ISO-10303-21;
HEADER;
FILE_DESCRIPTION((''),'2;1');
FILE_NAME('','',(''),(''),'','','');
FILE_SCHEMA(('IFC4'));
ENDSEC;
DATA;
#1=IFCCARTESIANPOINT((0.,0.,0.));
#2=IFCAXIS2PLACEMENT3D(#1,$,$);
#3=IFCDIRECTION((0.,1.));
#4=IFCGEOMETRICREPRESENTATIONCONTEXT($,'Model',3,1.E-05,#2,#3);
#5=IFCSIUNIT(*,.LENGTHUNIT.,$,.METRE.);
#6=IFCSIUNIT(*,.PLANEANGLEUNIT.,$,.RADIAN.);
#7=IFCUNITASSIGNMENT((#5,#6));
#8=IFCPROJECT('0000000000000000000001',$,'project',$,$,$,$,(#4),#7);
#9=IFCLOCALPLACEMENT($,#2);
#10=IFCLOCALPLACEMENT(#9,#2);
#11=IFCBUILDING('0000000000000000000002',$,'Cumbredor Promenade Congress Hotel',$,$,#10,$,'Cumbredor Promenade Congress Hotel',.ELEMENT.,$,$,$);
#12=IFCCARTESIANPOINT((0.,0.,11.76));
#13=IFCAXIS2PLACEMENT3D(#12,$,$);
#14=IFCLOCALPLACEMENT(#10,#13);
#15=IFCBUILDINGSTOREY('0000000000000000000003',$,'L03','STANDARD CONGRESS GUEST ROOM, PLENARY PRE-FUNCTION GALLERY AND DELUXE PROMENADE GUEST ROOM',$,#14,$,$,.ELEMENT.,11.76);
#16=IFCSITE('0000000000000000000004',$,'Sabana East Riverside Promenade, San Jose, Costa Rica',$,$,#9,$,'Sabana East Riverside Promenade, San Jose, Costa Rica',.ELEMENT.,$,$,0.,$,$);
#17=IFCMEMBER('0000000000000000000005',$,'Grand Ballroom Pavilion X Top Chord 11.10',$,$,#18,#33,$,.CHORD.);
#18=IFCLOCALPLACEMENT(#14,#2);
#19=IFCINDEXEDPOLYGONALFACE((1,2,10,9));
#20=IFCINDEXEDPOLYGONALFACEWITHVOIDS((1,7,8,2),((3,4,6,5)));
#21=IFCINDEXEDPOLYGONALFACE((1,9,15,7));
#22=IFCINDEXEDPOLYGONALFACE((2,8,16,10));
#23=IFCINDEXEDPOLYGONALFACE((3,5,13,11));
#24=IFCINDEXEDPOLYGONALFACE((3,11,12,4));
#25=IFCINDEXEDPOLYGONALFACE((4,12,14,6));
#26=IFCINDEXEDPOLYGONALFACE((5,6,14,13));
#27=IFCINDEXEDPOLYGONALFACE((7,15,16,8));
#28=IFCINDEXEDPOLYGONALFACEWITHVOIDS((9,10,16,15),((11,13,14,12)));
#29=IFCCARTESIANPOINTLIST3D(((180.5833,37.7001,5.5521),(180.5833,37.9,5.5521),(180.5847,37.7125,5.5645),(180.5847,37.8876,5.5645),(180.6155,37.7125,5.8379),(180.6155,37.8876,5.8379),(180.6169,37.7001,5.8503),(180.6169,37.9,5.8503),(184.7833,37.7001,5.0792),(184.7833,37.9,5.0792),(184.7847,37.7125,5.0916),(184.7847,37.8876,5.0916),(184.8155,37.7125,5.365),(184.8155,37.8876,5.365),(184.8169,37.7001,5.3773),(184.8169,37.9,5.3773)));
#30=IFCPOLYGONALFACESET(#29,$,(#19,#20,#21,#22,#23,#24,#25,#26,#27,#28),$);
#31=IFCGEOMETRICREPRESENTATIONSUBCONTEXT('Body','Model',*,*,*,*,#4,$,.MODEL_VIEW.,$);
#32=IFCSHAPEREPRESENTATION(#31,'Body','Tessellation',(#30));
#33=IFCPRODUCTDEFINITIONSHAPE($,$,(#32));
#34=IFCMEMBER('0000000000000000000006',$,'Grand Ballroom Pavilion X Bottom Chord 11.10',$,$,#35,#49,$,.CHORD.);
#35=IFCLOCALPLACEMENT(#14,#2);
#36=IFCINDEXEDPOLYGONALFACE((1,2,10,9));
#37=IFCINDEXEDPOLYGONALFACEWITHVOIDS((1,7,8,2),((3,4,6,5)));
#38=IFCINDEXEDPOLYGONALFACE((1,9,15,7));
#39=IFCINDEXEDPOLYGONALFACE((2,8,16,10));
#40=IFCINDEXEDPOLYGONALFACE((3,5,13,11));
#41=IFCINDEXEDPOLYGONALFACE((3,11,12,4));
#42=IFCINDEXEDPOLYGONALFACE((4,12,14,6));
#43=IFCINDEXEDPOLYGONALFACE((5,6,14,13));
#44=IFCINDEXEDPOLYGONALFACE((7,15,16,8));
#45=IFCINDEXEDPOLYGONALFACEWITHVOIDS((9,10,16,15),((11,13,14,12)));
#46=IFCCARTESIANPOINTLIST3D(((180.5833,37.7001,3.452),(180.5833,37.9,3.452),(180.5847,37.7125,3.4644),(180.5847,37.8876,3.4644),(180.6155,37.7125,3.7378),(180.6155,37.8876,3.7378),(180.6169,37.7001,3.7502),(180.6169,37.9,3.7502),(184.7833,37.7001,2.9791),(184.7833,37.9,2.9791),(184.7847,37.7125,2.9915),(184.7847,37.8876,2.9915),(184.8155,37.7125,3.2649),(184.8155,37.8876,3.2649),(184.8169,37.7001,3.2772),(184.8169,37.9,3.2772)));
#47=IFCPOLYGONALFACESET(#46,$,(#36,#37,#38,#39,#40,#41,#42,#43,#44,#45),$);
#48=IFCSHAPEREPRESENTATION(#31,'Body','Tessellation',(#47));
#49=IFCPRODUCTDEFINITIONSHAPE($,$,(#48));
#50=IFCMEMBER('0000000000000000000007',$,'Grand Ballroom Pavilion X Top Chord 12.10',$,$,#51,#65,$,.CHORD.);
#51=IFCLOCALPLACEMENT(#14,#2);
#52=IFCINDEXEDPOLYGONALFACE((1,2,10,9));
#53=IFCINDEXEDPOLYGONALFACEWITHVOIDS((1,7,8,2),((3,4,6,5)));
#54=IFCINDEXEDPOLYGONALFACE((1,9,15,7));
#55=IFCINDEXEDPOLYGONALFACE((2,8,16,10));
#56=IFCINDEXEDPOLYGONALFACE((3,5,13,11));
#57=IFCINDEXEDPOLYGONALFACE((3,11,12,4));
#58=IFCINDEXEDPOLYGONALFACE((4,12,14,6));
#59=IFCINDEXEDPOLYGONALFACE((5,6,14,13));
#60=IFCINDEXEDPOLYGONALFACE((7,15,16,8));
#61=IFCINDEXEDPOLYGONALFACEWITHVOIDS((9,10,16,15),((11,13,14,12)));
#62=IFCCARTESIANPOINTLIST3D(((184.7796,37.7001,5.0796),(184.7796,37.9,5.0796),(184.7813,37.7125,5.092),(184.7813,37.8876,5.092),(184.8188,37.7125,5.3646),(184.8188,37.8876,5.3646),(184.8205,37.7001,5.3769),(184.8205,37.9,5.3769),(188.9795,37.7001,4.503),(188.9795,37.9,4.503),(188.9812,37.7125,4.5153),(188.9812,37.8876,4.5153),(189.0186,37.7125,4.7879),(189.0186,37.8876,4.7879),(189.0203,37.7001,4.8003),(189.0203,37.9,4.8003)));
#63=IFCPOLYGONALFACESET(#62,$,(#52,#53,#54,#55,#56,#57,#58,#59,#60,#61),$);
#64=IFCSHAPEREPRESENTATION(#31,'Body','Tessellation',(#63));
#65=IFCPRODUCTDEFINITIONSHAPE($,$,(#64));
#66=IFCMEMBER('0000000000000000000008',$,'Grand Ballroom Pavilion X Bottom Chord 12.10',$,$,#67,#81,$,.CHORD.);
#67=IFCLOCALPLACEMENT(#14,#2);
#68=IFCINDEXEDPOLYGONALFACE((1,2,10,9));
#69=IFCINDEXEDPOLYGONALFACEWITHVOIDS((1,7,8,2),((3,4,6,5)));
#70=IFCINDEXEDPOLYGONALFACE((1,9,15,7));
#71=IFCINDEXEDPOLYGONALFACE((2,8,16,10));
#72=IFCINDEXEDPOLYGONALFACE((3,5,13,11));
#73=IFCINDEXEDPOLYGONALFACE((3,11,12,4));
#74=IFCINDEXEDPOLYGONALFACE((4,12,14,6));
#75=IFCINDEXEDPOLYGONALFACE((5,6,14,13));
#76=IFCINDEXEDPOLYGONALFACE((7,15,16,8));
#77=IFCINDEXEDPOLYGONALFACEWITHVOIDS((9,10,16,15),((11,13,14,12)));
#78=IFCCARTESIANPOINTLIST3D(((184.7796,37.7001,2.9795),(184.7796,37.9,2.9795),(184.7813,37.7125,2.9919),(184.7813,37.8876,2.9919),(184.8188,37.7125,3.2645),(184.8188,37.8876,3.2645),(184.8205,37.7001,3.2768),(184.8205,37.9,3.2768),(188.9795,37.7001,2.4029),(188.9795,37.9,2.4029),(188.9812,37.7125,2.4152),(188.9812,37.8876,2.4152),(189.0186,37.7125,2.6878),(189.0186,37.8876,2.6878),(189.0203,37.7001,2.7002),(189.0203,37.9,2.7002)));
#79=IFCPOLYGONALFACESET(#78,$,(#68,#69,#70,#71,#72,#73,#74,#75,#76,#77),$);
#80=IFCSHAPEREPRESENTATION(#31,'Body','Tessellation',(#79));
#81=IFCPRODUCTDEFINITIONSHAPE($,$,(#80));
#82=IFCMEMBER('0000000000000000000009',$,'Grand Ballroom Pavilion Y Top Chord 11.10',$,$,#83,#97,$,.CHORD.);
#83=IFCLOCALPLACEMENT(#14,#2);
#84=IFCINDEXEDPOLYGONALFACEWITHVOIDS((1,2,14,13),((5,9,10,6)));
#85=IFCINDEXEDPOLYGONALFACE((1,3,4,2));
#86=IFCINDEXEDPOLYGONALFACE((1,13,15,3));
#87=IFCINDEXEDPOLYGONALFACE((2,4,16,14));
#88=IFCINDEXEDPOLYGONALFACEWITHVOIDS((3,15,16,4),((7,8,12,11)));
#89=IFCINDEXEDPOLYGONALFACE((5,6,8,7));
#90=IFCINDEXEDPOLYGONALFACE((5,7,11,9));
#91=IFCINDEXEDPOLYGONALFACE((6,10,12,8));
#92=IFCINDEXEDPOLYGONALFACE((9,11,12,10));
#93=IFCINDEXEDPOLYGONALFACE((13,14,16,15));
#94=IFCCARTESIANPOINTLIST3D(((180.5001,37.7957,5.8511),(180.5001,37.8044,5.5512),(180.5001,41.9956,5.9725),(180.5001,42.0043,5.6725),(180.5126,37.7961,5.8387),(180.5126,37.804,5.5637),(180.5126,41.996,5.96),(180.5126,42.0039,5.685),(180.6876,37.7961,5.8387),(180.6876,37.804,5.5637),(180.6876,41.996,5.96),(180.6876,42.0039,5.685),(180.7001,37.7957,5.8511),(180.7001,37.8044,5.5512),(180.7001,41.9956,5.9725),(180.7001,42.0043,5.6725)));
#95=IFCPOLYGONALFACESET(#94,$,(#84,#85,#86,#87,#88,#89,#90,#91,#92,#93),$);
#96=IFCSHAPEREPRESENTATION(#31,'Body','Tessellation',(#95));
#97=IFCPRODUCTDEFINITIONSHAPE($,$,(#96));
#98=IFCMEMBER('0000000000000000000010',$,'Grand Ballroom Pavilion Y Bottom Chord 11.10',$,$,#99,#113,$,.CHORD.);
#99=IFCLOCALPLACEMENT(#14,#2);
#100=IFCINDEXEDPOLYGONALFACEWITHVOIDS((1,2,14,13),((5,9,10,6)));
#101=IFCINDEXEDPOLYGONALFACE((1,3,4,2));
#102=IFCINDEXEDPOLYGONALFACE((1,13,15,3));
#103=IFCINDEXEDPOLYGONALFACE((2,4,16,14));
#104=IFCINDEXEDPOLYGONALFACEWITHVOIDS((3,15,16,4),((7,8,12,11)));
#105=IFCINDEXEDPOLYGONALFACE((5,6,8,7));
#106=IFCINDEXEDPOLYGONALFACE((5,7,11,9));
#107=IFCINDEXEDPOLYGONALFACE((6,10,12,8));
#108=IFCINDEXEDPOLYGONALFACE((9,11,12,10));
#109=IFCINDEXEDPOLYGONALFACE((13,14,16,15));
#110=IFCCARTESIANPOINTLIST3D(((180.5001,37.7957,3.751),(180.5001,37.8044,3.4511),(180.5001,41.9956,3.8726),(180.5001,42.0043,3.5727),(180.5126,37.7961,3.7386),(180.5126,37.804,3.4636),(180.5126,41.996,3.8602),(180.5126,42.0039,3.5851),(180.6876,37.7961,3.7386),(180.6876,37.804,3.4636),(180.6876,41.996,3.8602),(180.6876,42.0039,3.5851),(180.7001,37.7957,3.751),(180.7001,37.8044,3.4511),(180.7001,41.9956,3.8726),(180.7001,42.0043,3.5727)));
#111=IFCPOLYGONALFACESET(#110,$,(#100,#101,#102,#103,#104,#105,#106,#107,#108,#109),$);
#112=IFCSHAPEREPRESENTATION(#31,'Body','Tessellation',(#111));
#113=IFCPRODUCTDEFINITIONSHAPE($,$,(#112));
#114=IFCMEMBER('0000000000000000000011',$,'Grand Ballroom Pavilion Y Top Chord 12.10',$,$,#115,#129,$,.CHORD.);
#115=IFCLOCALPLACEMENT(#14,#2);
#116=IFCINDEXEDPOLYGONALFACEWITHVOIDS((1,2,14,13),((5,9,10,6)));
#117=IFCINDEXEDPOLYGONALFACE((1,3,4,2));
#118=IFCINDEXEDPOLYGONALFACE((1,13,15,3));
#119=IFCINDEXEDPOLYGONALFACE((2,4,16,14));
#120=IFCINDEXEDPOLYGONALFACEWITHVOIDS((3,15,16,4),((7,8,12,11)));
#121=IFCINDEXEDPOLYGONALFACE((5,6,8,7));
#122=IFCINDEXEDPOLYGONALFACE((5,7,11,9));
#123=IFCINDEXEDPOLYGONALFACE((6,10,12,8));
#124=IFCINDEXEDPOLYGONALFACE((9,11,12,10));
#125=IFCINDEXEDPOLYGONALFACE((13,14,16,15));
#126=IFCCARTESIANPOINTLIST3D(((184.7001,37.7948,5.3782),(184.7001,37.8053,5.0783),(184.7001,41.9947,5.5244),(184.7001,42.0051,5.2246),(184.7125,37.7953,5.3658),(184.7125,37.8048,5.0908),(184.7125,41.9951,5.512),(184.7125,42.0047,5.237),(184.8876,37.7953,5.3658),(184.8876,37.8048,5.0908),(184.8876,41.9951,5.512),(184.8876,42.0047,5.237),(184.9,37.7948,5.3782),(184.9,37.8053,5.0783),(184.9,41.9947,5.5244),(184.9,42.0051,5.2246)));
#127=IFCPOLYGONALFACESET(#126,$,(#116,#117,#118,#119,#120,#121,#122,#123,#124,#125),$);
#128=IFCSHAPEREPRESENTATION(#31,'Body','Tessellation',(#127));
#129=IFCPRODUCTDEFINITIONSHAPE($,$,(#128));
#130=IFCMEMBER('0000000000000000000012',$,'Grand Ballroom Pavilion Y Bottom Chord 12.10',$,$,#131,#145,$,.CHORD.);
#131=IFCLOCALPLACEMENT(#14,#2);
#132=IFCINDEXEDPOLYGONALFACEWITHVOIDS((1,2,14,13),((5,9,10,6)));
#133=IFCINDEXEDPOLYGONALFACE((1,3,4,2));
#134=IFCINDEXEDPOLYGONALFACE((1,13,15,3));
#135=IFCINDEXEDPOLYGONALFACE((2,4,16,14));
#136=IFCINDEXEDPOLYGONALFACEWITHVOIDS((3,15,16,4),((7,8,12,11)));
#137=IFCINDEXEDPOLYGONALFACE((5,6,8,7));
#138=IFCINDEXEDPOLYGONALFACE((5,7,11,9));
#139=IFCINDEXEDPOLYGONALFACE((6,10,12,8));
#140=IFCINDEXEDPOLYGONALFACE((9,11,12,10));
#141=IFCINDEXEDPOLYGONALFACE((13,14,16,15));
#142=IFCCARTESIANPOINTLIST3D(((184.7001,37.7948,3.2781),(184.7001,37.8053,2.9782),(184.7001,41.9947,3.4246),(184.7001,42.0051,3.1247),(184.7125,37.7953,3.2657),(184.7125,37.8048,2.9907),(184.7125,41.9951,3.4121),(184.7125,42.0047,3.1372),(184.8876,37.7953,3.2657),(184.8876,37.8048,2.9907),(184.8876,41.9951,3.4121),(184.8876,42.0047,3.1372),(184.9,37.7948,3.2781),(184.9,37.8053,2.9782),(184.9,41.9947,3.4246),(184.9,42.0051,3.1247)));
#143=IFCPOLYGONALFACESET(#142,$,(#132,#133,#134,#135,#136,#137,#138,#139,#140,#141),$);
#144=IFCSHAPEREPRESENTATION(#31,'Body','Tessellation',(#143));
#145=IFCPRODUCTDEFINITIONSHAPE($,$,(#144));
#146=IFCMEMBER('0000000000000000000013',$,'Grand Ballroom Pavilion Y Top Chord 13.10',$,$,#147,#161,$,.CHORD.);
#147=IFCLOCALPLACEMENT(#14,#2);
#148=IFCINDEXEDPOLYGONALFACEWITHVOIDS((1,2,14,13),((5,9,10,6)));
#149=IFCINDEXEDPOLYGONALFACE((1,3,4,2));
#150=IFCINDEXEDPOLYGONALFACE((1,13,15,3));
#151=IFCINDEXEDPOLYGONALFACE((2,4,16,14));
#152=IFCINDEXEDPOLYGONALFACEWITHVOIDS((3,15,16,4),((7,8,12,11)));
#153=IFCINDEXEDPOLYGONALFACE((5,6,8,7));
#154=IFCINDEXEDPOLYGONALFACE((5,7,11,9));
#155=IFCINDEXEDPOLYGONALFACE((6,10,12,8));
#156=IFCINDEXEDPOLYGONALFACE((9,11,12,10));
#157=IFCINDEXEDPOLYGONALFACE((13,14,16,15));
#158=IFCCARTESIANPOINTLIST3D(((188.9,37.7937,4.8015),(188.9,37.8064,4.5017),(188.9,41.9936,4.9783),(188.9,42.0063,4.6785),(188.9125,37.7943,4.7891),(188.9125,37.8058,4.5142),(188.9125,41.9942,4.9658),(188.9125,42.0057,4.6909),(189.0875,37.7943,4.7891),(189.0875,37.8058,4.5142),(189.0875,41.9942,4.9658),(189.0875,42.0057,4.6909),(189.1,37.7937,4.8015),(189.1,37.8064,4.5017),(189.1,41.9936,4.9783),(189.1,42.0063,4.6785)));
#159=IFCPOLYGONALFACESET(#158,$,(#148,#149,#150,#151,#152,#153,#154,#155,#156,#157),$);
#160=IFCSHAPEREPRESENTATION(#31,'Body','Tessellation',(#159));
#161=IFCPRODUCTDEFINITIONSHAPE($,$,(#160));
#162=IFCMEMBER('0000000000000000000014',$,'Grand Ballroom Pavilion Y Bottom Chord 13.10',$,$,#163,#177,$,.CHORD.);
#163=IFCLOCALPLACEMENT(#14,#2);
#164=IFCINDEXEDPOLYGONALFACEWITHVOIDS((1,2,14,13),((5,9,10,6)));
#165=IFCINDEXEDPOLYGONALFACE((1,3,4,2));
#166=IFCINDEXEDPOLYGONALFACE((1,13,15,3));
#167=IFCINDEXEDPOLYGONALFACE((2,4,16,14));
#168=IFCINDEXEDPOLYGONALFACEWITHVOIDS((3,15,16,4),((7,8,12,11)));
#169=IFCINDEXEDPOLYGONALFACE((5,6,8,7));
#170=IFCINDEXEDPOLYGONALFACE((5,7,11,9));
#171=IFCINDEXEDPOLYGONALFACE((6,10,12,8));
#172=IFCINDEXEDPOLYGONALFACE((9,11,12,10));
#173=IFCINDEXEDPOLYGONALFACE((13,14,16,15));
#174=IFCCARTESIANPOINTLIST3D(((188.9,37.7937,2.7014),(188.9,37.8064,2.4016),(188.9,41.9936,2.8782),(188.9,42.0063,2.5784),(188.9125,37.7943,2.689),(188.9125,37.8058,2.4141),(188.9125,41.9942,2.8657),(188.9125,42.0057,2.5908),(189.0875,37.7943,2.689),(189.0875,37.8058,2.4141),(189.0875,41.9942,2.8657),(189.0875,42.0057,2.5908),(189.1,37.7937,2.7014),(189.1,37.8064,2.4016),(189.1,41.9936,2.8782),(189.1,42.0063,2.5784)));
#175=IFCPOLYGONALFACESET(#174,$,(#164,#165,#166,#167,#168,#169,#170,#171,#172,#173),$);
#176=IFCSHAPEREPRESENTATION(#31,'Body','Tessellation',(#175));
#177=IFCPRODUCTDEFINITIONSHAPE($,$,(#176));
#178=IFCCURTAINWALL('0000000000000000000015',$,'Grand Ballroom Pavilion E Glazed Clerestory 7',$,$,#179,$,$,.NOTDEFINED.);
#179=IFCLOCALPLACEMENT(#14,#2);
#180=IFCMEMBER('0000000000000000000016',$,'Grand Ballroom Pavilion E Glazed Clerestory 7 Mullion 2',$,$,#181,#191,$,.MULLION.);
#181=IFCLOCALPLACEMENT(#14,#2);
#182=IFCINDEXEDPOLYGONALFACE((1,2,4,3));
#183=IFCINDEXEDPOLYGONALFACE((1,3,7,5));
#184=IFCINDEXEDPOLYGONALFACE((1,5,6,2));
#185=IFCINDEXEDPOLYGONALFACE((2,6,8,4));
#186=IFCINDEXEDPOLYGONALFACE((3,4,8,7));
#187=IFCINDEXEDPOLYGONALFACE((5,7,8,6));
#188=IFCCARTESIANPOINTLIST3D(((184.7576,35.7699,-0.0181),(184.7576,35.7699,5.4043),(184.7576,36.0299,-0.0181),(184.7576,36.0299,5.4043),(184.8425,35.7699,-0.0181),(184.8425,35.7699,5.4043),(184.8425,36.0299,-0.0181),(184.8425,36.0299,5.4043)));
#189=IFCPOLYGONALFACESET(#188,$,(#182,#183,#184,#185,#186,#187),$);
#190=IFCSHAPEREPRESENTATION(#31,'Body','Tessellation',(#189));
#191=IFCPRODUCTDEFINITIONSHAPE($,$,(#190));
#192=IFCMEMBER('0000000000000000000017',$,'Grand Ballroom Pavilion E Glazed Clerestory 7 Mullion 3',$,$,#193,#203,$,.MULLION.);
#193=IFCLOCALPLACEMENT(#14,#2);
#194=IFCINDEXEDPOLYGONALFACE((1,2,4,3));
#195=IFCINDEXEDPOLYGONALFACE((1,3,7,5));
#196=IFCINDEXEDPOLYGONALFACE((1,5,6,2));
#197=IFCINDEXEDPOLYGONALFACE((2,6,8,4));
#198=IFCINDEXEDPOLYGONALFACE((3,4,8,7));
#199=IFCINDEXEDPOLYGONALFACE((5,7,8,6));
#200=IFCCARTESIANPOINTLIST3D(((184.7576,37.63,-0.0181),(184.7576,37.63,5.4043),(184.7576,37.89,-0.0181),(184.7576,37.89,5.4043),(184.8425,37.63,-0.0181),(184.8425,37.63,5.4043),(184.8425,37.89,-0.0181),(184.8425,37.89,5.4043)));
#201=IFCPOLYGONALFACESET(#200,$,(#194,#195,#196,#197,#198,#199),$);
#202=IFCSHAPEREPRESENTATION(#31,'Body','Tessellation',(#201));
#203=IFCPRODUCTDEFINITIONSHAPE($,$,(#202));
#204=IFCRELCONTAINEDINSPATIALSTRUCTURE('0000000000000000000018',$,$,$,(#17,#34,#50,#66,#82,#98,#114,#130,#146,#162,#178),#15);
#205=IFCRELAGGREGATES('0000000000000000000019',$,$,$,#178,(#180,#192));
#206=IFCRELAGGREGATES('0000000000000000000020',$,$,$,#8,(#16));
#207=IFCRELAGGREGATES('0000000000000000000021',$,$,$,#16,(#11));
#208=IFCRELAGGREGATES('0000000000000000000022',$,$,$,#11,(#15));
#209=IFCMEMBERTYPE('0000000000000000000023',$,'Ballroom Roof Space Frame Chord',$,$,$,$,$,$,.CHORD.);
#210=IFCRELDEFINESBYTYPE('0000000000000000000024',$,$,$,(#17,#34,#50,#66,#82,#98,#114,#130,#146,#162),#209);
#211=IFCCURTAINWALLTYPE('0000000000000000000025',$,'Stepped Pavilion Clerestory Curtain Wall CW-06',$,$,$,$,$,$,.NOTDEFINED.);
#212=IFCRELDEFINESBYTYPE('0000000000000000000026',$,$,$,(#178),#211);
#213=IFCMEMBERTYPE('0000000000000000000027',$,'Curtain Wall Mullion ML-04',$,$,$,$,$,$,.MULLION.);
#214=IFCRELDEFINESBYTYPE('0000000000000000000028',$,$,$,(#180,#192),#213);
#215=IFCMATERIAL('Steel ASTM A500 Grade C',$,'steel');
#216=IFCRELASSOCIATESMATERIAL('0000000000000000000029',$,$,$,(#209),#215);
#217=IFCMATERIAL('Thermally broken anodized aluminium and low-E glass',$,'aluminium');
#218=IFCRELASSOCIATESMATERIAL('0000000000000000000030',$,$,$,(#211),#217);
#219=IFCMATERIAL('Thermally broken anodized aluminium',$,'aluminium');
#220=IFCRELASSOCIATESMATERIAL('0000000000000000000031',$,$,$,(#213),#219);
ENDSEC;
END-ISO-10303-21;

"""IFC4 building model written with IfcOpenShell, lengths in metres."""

from ifc_helpers import new_model, si_unit, direction, frame, origin, origin_2d, place, context, subcontext, project, spatial, rectangle, hollow_rectangle, extrude, material, material_profile, profile_set, type_object, element, aggregate, save


model = new_model("IFC4")

# Units and contexts
model_context = context("Model", 3, precision=1e-05, world=origin(), true_north=direction((0.0, 1.0)))
body_context = subcontext(model_context, "Body", "Model", "MODEL_VIEW")
ifc_project = project(units=[si_unit("LENGTHUNIT", "METRE"), si_unit("PLANEANGLEUNIT", "RADIAN")], contexts=[model_context])

# Site, building, storey
site_placement = place(None, origin())
site = spatial("IfcSite", under=ifc_project, at=site_placement, Name="Sabana East Riverside Promenade, San Jose, Costa Rica", LongName="Sabana East Riverside Promenade, San Jose, Costa Rica", CompositionType="ELEMENT", RefElevation=0.0)
building_placement = place(site_placement, origin())
building = spatial("IfcBuilding", under=site, at=building_placement, Name="Cumbredor Promenade Congress Hotel", LongName="Cumbredor Promenade Congress Hotel", CompositionType="ELEMENT")
storey_placement = place(building_placement, frame((0.0, 0.0, 11.76)))
storey = spatial("IfcBuildingStorey", under=building, at=storey_placement, Name="L03", Description="STANDARD CONGRESS GUEST ROOM, PLENARY PRE-FUNCTION GALLERY AND DELUXE PROMENADE GUEST ROOM", CompositionType="ELEMENT", Elevation=11.76)

# Members
ifc_material_1 = material(Name="Steel ASTM A500 Grade C", Category="steel")
ifc_material_profile_1 = material_profile(ifc_material_1, hollow_rectangle(XDim=0.2, YDim=0.3, WallThickness=0.0125, at=origin_2d()), Name="HSS 300x200x12.5")
ifc_profile_set_1 = profile_set([ifc_material_profile_1], Name="Steel ASTM A500 Grade C")
member_type_1 = type_object("IfcMemberType", Name="Ballroom Roof Space Frame Chord", PredefinedType="CHORD", material=ifc_profile_set_1)
for number, where, z_axis, x_axis, name in (
    (1, (180.6001, 37.8, 5.7012), (0.993721, 0.0, -0.11189), (0.0, 1.0, 0.0), "Grand Ballroom Pavilion X Top Chord 11.10"),
    (2, (180.6001, 37.8, 3.6011), (0.993721, 0.0, -0.11189), (0.0, 1.0, 0.0), "Grand Ballroom Pavilion X Bottom Chord 11.10"),
):
    element("IfcMember", number, at=place(storey_placement, frame(where, z_axis=z_axis, x_axis=x_axis)), inside=storey, type_object=member_type_1, Name=name, PredefinedType="CHORD", context=body_context, shape_type="SweptSolid", body=[
        extrude(hollow_rectangle(XDim=0.2, YDim=0.3, WallThickness=0.0125, at=origin_2d()), origin(), (0.0, 0.0, 1.0), 4.2266),
    ])
for number, where, z_axis, x_axis, name in (
    (3, (184.8, 37.8, 5.2283), (0.990705, 0.0, -0.136025), (0.0, 1.0, 0.0), "Grand Ballroom Pavilion X Top Chord 12.10"),
    (4, (184.8, 37.8, 3.1282), (0.990705, 0.0, -0.136025), (0.0, 1.0, 0.0), "Grand Ballroom Pavilion X Bottom Chord 12.10"),
):
    element("IfcMember", number, at=place(storey_placement, frame(where, z_axis=z_axis, x_axis=x_axis)), inside=storey, type_object=member_type_1, Name=name, PredefinedType="CHORD", context=body_context, shape_type="SweptSolid", body=[
        extrude(hollow_rectangle(XDim=0.2, YDim=0.3, WallThickness=0.0125, at=origin_2d()), origin(), (0.0, 0.0, 1.0), 4.2393),
    ])
for number, where, z_axis, x_axis, name in (
    (5, (180.6001, 37.8, 5.7012), (0.0, 0.999583, 0.028878), (-1.0, 0.0, 0.0), "Grand Ballroom Pavilion Y Top Chord 11.10"),
    (6, (180.6001, 37.8, 3.6011), (0.0, 0.999581, 0.028936), (-1.0, 0.0, 0.0), "Grand Ballroom Pavilion Y Bottom Chord 11.10"),
):
    element("IfcMember", number, at=place(storey_placement, frame(where, z_axis=z_axis, x_axis=x_axis)), inside=storey, type_object=member_type_1, Name=name, PredefinedType="CHORD", context=body_context, shape_type="SweptSolid", body=[
        extrude(hollow_rectangle(XDim=0.2, YDim=0.3, WallThickness=0.0125, at=origin_2d()), origin(), (0.0, 0.0, 1.0), 4.2017),
    ])
for number, where, z_axis, x_axis, name in (
    (7, (184.8, 37.8, 5.2283), (0.0, 0.999394, 0.034798), (-1.0, 0.0, 0.0), "Grand Ballroom Pavilion Y Top Chord 12.10"),
    (8, (184.8, 37.8, 3.1282), (0.0, 0.999392, 0.034856), (-1.0, 0.0, 0.0), "Grand Ballroom Pavilion Y Bottom Chord 12.10"),
):
    element("IfcMember", number, at=place(storey_placement, frame(where, z_axis=z_axis, x_axis=x_axis)), inside=storey, type_object=member_type_1, Name=name, PredefinedType="CHORD", context=body_context, shape_type="SweptSolid", body=[
        extrude(hollow_rectangle(XDim=0.2, YDim=0.3, WallThickness=0.0125, at=origin_2d()), origin(), (0.0, 0.0, 1.0), 4.2024),
    ])
for number, where, z_axis, x_axis, name in (
    (9, (189.0, 37.8, 4.6516), (0.0, 0.999116, 0.042048), (-1.0, 0.0, 0.0), "Grand Ballroom Pavilion Y Top Chord 13.10"),
    (10, (189.0, 37.8, 2.5515), (0.0, 0.999116, 0.042048), (-1.0, 0.0, 0.0), "Grand Ballroom Pavilion Y Bottom Chord 13.10"),
):
    element("IfcMember", number, at=place(storey_placement, frame(where, z_axis=z_axis, x_axis=x_axis)), inside=storey, type_object=member_type_1, Name=name, PredefinedType="CHORD", context=body_context, shape_type="SweptSolid", body=[
        extrude(hollow_rectangle(XDim=0.2, YDim=0.3, WallThickness=0.0125, at=origin_2d()), origin(), (0.0, 0.0, 1.0), 4.2036),
    ])

# Curtain wall, members
ifc_material_2 = material(Name="Thermally broken anodized aluminium and low-E glass", Category="aluminium")
curtain_wall_type = type_object("IfcCurtainWallType", Name="Stepped Pavilion Clerestory Curtain Wall CW-06", PredefinedType="NOTDEFINED", material=ifc_material_2)
curtain_wall_1_placement = place(storey_placement, origin())
curtain_wall_1 = element("IfcCurtainWall", 11, at=curtain_wall_1_placement, inside=storey, type_object=curtain_wall_type, Name="Grand Ballroom Pavilion E Glazed Clerestory 7", PredefinedType="NOTDEFINED")
ifc_material_3 = material(Name="Thermally broken anodized aluminium", Category="aluminium")
ifc_material_profile_2 = material_profile(ifc_material_3, rectangle(XDim=0.085, YDim=0.26, at=origin_2d()), Name="ALU MULLION CLERESTORY 85x260")
ifc_profile_set_2 = profile_set([ifc_material_profile_2], Name="Thermally broken anodized aluminium")
member_type_2 = type_object("IfcMemberType", Name="Curtain Wall Mullion ML-04", PredefinedType="MULLION", material=ifc_profile_set_2)
member_1_placement = place(storey_placement, frame((184.8, 35.8999, -0.0181), z_axis=(0.0, 0.0, 1.0), x_axis=(1.0, 0.0, 0.0)))
member_1 = element("IfcMember", 12, at=member_1_placement, type_object=member_type_2, Name="Grand Ballroom Pavilion E Glazed Clerestory 7 Mullion 2", PredefinedType="MULLION", context=body_context, shape_type="SweptSolid", body=[
    extrude(rectangle(XDim=0.085, YDim=0.26, at=origin_2d()), origin(), (0.0, 0.0, 1.0), 5.4224),
])
member_2_placement = place(storey_placement, frame((184.8, 37.76, -0.0181), z_axis=(0.0, 0.0, 1.0), x_axis=(1.0, 0.0, 0.0)))
member_2 = element("IfcMember", 13, at=member_2_placement, type_object=member_type_2, Name="Grand Ballroom Pavilion E Glazed Clerestory 7 Mullion 3", PredefinedType="MULLION", context=body_context, shape_type="SweptSolid", body=[
    extrude(rectangle(XDim=0.085, YDim=0.26, at=origin_2d()), origin(), (0.0, 0.0, 1.0), 5.4224),
])

aggregate(curtain_wall_1, [member_1, member_2])

save(model, "model.ifc")
